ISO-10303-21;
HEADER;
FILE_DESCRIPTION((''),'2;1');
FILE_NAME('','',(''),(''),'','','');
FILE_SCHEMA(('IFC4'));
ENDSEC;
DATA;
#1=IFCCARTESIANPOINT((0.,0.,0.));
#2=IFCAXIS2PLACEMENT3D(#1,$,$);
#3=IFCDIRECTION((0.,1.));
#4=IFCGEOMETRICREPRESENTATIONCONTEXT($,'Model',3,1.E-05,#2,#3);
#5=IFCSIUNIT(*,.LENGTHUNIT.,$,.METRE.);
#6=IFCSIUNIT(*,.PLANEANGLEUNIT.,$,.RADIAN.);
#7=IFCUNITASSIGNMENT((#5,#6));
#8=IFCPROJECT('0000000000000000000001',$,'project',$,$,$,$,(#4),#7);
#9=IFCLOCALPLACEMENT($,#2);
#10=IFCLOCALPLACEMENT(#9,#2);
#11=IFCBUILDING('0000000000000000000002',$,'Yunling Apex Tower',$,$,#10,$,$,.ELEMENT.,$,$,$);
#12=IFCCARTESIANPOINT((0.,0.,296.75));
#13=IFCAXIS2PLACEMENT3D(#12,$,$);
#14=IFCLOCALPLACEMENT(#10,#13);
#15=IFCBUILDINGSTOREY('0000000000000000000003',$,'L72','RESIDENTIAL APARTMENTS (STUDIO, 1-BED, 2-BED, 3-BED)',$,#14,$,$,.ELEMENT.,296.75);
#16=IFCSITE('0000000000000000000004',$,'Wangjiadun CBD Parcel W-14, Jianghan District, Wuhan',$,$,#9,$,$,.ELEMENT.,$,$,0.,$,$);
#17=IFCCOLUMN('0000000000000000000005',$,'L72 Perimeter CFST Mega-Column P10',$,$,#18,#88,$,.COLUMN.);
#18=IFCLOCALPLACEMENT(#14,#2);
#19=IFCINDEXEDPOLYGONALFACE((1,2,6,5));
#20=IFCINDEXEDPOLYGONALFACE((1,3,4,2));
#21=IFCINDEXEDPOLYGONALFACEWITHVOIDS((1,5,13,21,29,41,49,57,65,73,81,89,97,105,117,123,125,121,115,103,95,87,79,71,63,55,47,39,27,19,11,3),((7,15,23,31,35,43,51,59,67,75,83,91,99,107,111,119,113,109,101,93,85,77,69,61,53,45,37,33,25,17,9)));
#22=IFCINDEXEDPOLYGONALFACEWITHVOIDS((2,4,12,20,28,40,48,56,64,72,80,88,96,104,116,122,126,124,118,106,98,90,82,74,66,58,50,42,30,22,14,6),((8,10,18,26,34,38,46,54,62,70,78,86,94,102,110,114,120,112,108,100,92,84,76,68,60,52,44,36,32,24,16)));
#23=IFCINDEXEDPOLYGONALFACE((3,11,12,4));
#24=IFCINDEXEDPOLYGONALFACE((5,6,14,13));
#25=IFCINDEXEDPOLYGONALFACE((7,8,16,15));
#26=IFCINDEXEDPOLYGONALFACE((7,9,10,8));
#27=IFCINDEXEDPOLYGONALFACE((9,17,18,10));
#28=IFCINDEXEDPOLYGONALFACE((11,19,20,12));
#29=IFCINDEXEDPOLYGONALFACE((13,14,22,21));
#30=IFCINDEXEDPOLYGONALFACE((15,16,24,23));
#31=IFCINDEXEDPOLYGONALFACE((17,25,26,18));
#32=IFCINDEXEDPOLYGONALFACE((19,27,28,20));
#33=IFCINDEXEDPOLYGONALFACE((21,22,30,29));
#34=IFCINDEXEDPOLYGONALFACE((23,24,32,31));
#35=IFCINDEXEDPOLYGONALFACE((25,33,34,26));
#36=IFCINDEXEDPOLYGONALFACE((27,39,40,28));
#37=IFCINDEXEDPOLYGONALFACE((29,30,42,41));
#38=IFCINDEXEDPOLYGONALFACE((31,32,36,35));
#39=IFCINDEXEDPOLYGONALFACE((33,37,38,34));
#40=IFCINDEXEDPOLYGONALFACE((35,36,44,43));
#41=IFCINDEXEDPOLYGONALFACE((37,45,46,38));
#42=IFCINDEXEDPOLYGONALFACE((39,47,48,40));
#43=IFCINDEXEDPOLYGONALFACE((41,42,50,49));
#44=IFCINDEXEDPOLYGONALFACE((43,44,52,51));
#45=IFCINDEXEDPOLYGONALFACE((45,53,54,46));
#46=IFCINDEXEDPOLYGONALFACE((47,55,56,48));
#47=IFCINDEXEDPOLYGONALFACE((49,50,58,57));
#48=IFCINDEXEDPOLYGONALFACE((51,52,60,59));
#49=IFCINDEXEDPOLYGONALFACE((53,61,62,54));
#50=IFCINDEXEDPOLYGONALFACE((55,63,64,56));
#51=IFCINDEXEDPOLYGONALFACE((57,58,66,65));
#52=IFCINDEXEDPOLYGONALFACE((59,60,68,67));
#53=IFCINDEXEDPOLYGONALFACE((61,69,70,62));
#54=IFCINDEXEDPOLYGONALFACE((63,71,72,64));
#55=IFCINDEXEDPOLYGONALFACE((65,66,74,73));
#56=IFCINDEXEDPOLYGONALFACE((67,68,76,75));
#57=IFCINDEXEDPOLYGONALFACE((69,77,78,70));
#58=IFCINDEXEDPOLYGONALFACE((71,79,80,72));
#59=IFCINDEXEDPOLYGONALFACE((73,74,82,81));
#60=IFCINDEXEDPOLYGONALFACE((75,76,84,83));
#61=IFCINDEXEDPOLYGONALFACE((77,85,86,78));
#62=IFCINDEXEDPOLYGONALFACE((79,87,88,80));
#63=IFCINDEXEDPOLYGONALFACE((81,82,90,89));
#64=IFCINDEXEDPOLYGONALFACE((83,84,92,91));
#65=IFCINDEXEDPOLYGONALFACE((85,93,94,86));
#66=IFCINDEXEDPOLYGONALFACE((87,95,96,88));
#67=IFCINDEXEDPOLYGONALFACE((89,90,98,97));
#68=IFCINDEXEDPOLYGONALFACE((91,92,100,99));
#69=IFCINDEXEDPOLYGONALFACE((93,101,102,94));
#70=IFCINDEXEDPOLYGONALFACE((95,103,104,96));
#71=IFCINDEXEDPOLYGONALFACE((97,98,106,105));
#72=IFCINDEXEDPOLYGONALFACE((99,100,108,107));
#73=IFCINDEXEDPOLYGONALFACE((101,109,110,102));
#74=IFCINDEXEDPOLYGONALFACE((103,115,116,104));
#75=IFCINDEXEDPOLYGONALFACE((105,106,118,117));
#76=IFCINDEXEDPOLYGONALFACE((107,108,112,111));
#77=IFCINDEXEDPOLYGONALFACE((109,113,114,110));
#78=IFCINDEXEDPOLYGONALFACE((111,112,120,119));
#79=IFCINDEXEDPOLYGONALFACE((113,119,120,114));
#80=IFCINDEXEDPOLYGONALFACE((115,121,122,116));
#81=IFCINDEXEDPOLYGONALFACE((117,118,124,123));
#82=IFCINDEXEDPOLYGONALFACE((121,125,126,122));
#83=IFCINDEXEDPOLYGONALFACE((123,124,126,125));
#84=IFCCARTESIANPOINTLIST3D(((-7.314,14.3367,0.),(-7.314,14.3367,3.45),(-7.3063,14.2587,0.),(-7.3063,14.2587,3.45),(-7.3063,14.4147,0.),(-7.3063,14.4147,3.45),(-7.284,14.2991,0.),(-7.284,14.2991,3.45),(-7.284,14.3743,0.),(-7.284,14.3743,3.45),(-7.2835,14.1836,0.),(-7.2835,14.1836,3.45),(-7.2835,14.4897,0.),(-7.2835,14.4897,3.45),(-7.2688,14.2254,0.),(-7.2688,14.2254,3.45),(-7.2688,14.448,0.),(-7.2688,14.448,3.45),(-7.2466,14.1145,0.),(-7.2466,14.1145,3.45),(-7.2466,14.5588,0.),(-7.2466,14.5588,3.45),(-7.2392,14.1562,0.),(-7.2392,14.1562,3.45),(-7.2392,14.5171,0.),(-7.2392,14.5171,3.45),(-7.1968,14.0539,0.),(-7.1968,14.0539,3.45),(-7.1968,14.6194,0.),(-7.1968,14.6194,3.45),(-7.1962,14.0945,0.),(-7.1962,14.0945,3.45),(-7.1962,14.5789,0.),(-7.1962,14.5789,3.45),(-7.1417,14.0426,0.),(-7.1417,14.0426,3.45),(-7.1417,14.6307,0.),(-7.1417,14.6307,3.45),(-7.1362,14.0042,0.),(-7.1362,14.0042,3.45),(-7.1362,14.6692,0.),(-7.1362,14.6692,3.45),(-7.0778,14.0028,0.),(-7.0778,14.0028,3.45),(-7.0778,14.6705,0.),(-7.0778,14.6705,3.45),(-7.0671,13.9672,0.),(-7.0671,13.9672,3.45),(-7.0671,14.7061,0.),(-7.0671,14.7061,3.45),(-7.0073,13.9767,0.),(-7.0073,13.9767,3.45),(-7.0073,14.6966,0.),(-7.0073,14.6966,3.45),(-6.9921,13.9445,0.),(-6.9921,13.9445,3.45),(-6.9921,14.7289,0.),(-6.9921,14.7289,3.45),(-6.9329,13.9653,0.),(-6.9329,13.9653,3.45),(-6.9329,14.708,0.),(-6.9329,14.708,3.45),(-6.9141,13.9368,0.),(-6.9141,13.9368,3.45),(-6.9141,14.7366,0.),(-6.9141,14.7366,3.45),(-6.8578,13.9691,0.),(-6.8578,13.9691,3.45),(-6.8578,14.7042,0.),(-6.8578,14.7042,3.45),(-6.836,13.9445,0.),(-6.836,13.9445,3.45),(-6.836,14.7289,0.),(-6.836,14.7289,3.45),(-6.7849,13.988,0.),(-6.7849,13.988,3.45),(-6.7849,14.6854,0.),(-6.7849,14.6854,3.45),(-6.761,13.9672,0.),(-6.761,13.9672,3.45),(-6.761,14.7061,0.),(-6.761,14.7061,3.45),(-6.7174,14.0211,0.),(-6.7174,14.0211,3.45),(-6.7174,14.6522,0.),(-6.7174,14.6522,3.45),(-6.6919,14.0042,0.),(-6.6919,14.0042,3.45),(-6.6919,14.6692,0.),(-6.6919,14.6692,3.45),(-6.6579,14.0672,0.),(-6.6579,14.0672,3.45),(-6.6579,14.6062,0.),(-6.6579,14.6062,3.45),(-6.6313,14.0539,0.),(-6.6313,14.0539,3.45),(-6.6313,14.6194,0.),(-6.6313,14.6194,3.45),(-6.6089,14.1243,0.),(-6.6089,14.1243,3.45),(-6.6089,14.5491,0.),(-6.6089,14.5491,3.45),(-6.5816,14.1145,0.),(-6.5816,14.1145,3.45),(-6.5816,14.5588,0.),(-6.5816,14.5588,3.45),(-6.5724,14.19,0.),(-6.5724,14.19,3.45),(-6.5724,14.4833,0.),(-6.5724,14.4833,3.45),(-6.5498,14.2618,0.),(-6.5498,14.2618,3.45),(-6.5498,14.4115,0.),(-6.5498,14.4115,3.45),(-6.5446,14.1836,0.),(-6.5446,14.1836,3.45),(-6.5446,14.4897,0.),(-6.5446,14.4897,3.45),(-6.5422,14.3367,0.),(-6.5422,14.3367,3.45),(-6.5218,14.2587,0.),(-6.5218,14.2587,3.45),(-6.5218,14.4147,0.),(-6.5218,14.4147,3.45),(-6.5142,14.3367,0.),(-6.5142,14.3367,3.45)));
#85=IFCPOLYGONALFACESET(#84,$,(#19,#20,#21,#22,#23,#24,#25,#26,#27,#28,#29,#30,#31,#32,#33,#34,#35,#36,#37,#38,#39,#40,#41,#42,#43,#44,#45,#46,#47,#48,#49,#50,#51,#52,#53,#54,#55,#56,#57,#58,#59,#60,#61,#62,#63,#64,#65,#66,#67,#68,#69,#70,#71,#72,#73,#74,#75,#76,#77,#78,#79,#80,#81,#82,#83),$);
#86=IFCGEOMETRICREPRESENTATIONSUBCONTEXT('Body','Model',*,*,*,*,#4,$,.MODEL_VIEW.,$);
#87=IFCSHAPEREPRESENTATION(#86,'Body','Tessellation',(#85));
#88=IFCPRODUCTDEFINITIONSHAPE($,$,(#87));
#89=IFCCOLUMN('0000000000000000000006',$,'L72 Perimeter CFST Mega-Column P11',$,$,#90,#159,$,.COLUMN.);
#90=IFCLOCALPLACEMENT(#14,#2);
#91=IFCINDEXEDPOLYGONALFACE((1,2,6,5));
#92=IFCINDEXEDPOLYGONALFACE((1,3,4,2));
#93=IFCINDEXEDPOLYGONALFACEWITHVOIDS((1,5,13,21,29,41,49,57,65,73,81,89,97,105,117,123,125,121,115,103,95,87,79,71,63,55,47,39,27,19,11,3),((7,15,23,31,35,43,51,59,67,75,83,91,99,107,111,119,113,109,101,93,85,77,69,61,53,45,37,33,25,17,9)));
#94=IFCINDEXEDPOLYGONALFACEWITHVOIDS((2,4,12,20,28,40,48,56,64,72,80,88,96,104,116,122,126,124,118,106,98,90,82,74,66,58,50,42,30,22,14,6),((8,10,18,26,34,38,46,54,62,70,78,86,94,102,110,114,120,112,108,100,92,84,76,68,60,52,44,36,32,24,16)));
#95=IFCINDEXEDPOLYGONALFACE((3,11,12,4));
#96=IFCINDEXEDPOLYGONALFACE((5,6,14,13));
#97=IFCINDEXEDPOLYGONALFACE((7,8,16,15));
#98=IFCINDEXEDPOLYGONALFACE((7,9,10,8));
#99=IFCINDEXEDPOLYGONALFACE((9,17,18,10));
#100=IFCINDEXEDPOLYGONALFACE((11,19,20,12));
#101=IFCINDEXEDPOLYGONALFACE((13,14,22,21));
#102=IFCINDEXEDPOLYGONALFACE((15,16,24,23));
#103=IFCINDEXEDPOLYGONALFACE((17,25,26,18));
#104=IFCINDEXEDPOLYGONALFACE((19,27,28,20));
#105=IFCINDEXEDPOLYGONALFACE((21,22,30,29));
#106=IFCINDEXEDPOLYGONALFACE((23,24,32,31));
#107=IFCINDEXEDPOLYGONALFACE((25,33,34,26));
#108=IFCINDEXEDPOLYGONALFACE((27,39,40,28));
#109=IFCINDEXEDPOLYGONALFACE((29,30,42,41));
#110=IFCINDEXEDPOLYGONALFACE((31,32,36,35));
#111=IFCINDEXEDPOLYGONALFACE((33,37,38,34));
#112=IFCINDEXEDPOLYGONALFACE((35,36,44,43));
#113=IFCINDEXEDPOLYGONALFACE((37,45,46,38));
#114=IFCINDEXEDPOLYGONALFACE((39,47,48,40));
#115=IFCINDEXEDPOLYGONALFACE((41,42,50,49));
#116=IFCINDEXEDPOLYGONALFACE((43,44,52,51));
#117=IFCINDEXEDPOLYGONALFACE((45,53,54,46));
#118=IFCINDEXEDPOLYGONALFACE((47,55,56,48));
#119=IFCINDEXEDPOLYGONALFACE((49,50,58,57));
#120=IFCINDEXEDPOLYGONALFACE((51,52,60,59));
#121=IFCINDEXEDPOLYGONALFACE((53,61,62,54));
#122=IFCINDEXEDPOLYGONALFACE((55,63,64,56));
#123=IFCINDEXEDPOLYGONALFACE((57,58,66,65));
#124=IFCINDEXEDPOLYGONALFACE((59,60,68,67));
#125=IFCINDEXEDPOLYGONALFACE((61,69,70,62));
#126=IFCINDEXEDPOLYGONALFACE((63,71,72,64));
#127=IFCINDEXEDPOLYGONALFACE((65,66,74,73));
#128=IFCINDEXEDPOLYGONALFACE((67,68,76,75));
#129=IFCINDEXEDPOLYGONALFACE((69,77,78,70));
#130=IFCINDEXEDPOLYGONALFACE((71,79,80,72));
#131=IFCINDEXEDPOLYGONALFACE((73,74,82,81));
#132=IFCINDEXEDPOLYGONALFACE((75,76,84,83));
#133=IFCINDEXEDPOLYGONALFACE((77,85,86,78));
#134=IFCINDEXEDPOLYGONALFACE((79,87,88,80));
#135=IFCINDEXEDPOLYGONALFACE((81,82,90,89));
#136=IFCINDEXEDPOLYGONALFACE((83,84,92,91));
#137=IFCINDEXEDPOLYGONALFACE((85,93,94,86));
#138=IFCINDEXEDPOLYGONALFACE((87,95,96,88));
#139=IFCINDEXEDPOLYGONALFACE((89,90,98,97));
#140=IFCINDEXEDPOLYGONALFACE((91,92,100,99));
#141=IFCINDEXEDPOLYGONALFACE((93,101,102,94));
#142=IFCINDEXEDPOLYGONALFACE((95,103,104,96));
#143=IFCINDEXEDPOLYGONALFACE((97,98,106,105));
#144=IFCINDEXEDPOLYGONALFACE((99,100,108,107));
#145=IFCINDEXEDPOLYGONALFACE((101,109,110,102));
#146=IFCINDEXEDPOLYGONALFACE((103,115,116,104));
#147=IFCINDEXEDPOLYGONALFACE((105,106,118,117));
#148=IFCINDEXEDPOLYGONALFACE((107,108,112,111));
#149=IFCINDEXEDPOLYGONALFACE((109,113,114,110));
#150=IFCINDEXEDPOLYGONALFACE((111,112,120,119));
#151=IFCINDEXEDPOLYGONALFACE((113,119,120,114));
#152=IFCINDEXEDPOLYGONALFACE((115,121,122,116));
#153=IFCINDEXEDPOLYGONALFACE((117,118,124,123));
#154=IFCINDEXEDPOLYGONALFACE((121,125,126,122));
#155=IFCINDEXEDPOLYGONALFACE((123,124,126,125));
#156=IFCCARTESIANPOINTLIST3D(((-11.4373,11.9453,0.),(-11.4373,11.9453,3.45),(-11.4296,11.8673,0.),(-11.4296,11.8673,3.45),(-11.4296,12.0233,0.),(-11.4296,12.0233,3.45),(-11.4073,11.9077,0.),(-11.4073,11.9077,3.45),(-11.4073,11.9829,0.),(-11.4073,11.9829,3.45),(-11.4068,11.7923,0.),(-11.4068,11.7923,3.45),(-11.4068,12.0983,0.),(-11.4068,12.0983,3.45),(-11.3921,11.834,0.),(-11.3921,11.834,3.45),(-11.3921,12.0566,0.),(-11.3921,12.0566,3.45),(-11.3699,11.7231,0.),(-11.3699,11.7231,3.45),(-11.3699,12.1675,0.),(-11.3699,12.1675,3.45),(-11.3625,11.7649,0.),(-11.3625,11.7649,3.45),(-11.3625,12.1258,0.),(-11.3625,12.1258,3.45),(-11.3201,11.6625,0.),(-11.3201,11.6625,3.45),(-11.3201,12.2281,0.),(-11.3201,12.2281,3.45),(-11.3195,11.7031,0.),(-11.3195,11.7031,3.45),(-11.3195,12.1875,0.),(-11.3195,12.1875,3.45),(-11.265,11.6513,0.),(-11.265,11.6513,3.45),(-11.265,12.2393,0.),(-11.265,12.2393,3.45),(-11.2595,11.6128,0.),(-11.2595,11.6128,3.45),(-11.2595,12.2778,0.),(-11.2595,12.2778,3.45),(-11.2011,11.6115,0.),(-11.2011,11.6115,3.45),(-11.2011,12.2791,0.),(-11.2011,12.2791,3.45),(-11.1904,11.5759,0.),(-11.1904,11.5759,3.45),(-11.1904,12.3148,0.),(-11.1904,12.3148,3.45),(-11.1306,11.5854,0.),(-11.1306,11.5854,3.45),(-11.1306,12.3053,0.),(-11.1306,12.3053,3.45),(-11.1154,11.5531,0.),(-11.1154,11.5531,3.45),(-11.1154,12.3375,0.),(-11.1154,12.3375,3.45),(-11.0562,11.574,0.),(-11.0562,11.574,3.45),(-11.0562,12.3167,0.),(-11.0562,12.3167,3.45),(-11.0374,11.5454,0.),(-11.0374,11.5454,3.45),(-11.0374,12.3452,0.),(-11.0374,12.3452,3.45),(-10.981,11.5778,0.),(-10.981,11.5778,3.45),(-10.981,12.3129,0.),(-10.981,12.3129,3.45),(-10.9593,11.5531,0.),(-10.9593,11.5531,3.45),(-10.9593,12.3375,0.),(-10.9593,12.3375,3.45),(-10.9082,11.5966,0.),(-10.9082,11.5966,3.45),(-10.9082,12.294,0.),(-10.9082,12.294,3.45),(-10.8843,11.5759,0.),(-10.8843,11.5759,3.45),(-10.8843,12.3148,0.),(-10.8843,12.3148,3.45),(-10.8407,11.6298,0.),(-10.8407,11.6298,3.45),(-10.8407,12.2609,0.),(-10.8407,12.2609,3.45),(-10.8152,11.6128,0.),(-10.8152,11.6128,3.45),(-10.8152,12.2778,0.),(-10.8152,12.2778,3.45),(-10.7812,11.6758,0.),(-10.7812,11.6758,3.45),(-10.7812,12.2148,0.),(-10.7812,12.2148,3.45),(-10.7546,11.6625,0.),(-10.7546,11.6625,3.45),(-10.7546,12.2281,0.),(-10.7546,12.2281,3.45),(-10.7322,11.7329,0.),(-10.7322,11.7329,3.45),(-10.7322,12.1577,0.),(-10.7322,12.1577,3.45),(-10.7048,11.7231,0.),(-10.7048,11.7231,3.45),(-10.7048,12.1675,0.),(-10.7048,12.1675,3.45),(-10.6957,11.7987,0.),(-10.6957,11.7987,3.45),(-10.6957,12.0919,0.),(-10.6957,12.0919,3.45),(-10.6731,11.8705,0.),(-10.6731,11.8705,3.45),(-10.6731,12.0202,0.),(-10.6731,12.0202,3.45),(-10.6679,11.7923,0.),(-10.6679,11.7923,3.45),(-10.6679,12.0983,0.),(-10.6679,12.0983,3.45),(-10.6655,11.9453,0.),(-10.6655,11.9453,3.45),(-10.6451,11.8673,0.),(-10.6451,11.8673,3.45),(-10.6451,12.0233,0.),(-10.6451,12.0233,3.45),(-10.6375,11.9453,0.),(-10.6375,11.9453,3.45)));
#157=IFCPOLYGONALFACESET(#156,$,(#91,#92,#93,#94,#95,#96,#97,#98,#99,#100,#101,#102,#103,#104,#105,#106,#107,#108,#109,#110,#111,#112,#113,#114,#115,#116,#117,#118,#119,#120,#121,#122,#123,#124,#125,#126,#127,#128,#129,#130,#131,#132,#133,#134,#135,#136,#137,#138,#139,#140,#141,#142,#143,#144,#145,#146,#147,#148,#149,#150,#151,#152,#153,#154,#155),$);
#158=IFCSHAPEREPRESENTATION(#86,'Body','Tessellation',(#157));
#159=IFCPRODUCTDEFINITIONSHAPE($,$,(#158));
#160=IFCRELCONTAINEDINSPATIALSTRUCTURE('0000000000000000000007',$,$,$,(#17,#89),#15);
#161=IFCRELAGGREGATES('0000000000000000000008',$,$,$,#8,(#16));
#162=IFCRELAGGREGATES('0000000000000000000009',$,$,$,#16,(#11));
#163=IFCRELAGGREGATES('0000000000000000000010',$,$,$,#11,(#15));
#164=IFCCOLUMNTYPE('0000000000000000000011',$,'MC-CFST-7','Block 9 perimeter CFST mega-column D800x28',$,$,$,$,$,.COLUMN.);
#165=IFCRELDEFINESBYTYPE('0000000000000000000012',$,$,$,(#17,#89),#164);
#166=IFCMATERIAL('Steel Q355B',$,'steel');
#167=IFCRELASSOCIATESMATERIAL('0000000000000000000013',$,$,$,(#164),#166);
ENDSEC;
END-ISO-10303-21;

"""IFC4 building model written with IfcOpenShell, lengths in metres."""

from ifc_helpers import new_model, si_unit, direction, frame, origin, origin_2d, place, context, subcontext, project, spatial, hollow_circle, extrude, source, transform, mapped, material, material_profile, profile_set, type_object, element, save


model = new_model("IFC4")

# Units and contexts
model_context = context("Model", 3, precision=1e-05, world=origin(), true_north=direction((0.0, 1.0)))
body_context = subcontext(model_context, "Body", "Model", "MODEL_VIEW")
ifc_project = project(units=[si_unit("LENGTHUNIT", "METRE"), si_unit("PLANEANGLEUNIT", "RADIAN")], contexts=[model_context])

# Site, building, storey
site_placement = place(None, origin())
site = spatial("IfcSite", under=ifc_project, at=site_placement, Name="Wangjiadun CBD Parcel W-14, Jianghan District, Wuhan", CompositionType="ELEMENT", RefElevation=0.0)
building_placement = place(site_placement, origin())
building = spatial("IfcBuilding", under=site, at=building_placement, Name="Yunling Apex Tower", CompositionType="ELEMENT")
storey_placement = place(building_placement, frame((0.0, 0.0, 296.75)))
storey = spatial("IfcBuildingStorey", under=building, at=storey_placement, Name="L72", Description="RESIDENTIAL APARTMENTS (STUDIO, 1-BED, 2-BED, 3-BED)", CompositionType="ELEMENT", Elevation=296.75)

# Columns
ifc_material_1 = material(Name="Steel Q355B", Category="steel")
ifc_material_profile_1 = material_profile(ifc_material_1, hollow_circle(Radius=0.3999, WallThickness=0.0281, at=origin_2d()))
ifc_profile_set_1 = profile_set([ifc_material_profile_1], Name="Steel Q355B")
column_type = type_object("IfcColumnType", Name="MC-CFST-7", Description="Block 9 perimeter CFST mega-column D800x28", PredefinedType="COLUMN", material=ifc_profile_set_1)
shared_shape_1 = source(origin(), body_context, "Body", "SweptSolid", [
    extrude(hollow_circle(Radius=0.3999, WallThickness=0.0281, at=origin_2d()), origin(), (0.0, 0.0, 1.0), 3.45),
])
for number, where, z_axis, x_axis, name in (
    (1, (-6.9141, 14.3367, 0.0), (0.0, 0.0, 1.0), (1.0, 0.0, 0.0), "L72 Perimeter CFST Mega-Column P10"),
    (2, (-11.0374, 11.9453, 0.0), (0.0, 0.0, 1.0), (1.0, 0.0, 0.0), "L72 Perimeter CFST Mega-Column P11"),
):
    element("IfcColumn", number, at=place(storey_placement, frame(where, z_axis=z_axis, x_axis=x_axis)), inside=storey, type_object=column_type, Name=name, PredefinedType="COLUMN", context=body_context, shape_type="MappedRepresentation", body=[
        mapped(shared_shape_1, transform((0.0, 0.0, 0.0), scale=1.0)),
    ])

save(model, "model.ifc")
